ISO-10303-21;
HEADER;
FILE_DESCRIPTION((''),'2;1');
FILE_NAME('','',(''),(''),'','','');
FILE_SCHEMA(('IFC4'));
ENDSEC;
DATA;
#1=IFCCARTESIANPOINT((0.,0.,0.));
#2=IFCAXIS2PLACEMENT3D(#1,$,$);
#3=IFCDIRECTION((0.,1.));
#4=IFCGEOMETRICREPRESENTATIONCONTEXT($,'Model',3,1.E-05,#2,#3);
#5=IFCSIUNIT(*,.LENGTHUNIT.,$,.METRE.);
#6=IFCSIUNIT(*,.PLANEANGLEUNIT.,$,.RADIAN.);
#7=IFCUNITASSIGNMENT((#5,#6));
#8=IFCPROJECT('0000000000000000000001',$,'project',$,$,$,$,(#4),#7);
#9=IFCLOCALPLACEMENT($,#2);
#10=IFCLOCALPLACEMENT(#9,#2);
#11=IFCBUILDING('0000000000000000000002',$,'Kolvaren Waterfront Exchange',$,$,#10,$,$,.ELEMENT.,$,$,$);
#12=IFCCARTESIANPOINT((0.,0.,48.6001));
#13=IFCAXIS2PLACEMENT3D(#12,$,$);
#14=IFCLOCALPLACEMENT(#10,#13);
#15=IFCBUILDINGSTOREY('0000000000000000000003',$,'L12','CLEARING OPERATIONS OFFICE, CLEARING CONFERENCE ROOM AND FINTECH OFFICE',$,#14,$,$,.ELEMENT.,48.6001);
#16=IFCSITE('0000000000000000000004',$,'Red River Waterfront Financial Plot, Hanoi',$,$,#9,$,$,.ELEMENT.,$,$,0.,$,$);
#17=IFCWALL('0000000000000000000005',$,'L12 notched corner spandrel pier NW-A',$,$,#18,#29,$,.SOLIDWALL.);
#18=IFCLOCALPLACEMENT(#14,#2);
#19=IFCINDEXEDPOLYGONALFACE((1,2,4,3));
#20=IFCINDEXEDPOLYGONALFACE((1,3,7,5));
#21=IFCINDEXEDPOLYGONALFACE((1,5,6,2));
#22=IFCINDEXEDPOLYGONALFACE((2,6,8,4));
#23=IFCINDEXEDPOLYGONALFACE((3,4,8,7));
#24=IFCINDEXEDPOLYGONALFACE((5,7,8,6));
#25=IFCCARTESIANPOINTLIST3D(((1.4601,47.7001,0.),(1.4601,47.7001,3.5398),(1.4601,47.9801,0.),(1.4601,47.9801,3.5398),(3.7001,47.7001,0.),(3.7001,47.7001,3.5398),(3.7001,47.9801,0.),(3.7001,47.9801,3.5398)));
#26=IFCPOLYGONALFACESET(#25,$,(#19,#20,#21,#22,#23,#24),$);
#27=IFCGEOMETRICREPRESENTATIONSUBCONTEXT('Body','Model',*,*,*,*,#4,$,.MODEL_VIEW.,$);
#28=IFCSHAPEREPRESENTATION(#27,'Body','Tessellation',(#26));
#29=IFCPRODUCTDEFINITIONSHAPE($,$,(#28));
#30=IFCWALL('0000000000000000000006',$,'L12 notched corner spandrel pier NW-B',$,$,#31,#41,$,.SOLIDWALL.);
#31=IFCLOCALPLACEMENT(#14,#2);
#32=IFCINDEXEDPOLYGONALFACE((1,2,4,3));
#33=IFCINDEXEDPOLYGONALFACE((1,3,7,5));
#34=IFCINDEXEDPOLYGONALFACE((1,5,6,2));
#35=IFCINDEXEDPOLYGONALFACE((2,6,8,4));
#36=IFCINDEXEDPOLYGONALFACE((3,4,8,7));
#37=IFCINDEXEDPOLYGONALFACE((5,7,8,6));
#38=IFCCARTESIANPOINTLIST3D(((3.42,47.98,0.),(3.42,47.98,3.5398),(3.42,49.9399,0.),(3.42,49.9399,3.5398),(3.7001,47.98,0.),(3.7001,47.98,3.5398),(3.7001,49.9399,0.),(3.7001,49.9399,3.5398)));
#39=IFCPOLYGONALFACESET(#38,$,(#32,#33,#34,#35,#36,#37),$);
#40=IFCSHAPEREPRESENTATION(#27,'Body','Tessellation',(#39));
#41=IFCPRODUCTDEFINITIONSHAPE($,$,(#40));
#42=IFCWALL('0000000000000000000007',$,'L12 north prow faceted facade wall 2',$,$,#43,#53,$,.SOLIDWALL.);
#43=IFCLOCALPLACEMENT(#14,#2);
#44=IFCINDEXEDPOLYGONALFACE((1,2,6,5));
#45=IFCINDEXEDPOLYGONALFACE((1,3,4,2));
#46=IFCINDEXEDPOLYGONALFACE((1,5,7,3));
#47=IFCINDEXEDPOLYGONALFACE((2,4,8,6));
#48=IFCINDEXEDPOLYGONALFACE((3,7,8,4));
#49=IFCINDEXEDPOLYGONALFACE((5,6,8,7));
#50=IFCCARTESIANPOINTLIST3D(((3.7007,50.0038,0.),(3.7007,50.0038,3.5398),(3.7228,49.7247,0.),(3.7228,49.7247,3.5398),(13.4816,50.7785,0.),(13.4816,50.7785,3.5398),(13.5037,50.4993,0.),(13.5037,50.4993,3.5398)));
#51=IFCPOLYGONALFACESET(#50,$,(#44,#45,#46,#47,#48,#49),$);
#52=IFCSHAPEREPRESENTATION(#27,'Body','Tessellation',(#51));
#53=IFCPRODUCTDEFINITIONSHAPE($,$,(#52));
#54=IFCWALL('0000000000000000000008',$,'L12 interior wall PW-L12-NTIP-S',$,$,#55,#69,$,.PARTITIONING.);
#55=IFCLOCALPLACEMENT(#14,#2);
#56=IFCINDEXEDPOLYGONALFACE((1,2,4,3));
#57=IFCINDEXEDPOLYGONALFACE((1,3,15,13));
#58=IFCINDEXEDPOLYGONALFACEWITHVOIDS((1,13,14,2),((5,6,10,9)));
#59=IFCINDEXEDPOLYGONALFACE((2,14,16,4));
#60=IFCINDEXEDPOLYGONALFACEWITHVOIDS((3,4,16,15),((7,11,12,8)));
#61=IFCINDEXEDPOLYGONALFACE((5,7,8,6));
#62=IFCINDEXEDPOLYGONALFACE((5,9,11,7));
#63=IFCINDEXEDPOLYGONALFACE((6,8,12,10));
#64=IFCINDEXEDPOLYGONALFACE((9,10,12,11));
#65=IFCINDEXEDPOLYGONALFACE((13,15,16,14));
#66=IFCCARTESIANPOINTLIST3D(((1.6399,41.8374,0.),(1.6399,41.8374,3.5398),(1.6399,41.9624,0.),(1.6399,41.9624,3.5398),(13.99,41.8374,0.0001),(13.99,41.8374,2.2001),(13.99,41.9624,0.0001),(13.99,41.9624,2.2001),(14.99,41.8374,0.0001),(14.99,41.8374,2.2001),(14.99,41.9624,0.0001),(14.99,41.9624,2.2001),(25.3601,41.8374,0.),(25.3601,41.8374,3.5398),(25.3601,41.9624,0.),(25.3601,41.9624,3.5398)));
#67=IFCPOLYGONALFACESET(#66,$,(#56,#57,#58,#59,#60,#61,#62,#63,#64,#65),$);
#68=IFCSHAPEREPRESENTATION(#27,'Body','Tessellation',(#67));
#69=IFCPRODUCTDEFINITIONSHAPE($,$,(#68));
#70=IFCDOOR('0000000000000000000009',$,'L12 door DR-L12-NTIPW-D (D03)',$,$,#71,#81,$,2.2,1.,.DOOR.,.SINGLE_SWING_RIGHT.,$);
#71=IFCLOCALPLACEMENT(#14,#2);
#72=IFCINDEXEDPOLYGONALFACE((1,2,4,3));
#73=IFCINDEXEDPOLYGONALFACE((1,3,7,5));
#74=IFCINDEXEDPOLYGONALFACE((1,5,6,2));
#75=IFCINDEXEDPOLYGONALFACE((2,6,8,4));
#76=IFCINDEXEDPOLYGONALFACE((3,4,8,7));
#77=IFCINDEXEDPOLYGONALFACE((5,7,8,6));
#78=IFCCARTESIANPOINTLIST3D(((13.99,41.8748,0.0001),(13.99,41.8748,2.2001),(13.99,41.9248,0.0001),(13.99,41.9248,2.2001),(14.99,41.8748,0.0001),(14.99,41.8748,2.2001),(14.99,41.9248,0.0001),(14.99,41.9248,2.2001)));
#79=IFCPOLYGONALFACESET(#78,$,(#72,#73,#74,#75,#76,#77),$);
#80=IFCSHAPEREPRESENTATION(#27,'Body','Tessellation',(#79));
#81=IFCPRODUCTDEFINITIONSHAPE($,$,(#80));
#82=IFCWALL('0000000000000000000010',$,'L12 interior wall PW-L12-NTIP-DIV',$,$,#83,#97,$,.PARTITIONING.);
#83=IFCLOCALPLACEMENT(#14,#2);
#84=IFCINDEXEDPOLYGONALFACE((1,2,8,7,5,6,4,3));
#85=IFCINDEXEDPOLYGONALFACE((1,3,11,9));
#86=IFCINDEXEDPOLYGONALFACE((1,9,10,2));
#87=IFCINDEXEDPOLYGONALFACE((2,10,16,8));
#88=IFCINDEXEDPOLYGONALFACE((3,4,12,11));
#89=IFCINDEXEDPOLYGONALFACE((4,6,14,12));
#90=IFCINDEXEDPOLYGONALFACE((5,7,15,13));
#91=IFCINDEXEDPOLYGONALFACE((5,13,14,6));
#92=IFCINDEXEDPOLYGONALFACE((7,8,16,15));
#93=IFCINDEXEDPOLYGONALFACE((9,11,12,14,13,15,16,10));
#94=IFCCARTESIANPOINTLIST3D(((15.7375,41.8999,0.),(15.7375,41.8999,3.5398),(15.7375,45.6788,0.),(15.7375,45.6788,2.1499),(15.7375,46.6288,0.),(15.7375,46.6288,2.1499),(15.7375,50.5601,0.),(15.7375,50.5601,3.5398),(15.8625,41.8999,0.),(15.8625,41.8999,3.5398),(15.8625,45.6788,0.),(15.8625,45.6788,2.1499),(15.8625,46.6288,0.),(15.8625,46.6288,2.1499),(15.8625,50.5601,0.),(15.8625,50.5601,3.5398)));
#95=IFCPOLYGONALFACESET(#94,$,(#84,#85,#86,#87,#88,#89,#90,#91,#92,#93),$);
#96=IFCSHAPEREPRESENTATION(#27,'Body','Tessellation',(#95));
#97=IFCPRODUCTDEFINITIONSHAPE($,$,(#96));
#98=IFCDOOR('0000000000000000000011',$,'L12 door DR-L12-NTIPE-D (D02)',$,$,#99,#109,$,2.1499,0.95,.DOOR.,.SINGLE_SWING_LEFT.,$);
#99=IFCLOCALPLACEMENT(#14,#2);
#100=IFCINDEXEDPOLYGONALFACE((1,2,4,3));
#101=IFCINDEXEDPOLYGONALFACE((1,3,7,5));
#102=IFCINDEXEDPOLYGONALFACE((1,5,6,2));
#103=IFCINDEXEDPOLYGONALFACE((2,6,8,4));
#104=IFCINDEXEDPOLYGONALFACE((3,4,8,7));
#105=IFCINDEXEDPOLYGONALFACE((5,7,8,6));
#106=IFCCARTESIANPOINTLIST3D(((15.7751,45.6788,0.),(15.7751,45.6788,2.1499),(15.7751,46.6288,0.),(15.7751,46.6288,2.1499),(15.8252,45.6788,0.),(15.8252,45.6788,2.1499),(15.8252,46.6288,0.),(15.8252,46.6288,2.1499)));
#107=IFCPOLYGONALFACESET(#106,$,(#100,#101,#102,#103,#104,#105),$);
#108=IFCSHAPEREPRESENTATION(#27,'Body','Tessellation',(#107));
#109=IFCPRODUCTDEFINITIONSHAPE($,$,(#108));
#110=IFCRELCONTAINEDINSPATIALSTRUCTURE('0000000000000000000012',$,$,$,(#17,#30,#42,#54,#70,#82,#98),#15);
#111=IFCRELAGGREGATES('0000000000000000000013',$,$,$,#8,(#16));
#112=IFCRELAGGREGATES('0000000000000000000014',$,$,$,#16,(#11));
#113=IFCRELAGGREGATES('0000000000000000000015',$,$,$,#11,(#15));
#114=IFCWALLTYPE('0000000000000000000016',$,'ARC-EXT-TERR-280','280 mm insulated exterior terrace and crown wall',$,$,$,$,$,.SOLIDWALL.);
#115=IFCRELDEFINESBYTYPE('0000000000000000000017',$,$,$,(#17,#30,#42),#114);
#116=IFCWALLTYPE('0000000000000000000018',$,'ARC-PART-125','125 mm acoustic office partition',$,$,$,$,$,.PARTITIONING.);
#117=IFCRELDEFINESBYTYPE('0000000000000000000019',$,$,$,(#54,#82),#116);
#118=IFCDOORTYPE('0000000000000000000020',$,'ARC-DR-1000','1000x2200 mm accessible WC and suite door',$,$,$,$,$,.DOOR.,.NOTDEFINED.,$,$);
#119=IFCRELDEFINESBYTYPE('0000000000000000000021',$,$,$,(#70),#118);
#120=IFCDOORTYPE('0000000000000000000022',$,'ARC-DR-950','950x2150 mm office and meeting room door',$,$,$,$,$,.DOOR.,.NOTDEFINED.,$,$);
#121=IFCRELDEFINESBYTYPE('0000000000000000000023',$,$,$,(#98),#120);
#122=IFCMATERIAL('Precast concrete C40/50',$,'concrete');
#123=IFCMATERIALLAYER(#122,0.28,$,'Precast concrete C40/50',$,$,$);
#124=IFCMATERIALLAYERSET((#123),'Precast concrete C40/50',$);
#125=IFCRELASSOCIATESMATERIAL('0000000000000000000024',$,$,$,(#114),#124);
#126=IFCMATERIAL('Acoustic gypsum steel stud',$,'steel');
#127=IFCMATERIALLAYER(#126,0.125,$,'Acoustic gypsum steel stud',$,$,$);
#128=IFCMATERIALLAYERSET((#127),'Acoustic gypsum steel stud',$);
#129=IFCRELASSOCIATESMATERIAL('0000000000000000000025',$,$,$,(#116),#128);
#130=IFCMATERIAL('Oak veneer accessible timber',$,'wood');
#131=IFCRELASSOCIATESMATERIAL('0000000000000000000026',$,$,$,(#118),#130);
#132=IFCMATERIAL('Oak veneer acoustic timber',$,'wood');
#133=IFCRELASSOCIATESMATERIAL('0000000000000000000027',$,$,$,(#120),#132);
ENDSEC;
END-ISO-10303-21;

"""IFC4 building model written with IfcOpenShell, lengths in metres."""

from ifc_helpers import new_model, si_unit, direction, frame, frame_2d, origin, place, context, subcontext, project, spatial, rectangle, extrude, material, layer, layer_set, type_object, element, fill, save


model = new_model("IFC4")

# Units and contexts
model_context = context("Model", 3, precision=1e-05, world=origin(), true_north=direction((0.0, 1.0)))
body_context = subcontext(model_context, "Body", "Model", "MODEL_VIEW")
ifc_project = project(units=[si_unit("LENGTHUNIT", "METRE"), si_unit("PLANEANGLEUNIT", "RADIAN")], contexts=[model_context])

# Site, building, storey
site_placement = place(None, origin())
site = spatial("IfcSite", under=ifc_project, at=site_placement, Name="Red River Waterfront Financial Plot, Hanoi", CompositionType="ELEMENT", RefElevation=0.0)
building_placement = place(site_placement, origin())
building = spatial("IfcBuilding", under=site, at=building_placement, Name="Kolvaren Waterfront Exchange", CompositionType="ELEMENT")
storey_placement = place(building_placement, frame((0.0, 0.0, 48.6001)))
storey = spatial("IfcBuildingStorey", under=building, at=storey_placement, Name="L12", Description="CLEARING OPERATIONS OFFICE, CLEARING CONFERENCE ROOM AND FINTECH OFFICE", CompositionType="ELEMENT", Elevation=48.6001)

# Walls
ifc_material_1 = material(Name="Precast concrete C40/50", Category="concrete")
ifc_layer_1 = layer(ifc_material_1, 0.28, Name="Precast concrete C40/50")
ifc_layer_set_1 = layer_set([ifc_layer_1], Name="Precast concrete C40/50")
wall_type_1 = type_object("IfcWallType", Name="ARC-EXT-TERR-280", Description="280 mm insulated exterior terrace and crown wall", PredefinedType="SOLIDWALL", material=ifc_layer_set_1)
wall_1_placement = place(storey_placement, frame((1.46, 47.8401, 0.0), z_axis=(0.0, 0.0, 1.0), x_axis=(1.0, 0.0, 0.0)))
element("IfcWall", 1, at=wall_1_placement, inside=storey, type_object=wall_type_1, Name="L12 notched corner spandrel pier NW-A", PredefinedType="SOLIDWALL", context=body_context, shape_type="SweptSolid", body=[
    extrude(rectangle(XDim=2.24, YDim=0.28, at=frame_2d((1.1201, 0.0))), origin(), (0.0, 0.0, 1.0), 3.5398),
])
wall_2_placement = place(storey_placement, frame((3.5601, 47.98, 0.0), z_axis=(0.0, 0.0, 1.0), x_axis=(0.0, 1.0, 0.0)))
element("IfcWall", 2, at=wall_2_placement, inside=storey, type_object=wall_type_1, Name="L12 notched corner spandrel pier NW-B", PredefinedType="SOLIDWALL", context=body_context, shape_type="SweptSolid", body=[
    extrude(rectangle(XDim=1.96, YDim=0.28, at=frame_2d((0.98, 0.0))), origin(), (0.0, 0.0, 1.0), 3.5398),
])
wall_3_placement = place(storey_placement, frame((13.4927, 50.6389, 0.0), z_axis=(0.0, 0.0, 1.0), x_axis=(-0.996878, -0.078953, 0.0)))
element("IfcWall", 3, at=wall_3_placement, inside=storey, type_object=wall_type_1, Name="L12 north prow faceted facade wall 2", PredefinedType="SOLIDWALL", context=body_context, shape_type="SweptSolid", body=[
    extrude(rectangle(XDim=9.8115, YDim=0.28, at=frame_2d((4.9058, 0.0))), origin(), (0.0, 0.0, 1.0), 3.5398),
])

# Walls, openings, doors
ifc_material_2 = material(Name="Acoustic gypsum steel stud", Category="steel")
ifc_layer_2 = layer(ifc_material_2, 0.125, Name="Acoustic gypsum steel stud")
ifc_layer_set_2 = layer_set([ifc_layer_2], Name="Acoustic gypsum steel stud")
wall_type_2 = type_object("IfcWallType", Name="ARC-PART-125", Description="125 mm acoustic office partition", PredefinedType="PARTITIONING", material=ifc_layer_set_2)
wall_4_placement = place(storey_placement, frame((1.6399, 41.8999, 0.0), z_axis=(0.0, 0.0, 1.0), x_axis=(1.0, 0.0, 0.0)))
wall_4 = element("IfcWall", 4, at=wall_4_placement, inside=storey, type_object=wall_type_2, Name="L12 interior wall PW-L12-NTIP-S", PredefinedType="PARTITIONING", context=body_context, shape_type="SweptSolid", body=[
    extrude(rectangle(XDim=23.7202, YDim=0.125, at=frame_2d((11.8601, 0.0))), origin(), (0.0, 0.0, 1.0), 3.5398),
])
opening_1_placement = place(wall_4_placement, frame((12.3501, 0.0, 0.0)))
opening_1 = element("IfcOpeningElement", 5, at=opening_1_placement, cuts=wall_4, PredefinedType="OPENING", context=body_context, shape_type="SweptSolid", body=[
    extrude(rectangle(XDim=1.0, YDim=2.2, at=frame_2d((0.5, 1.1001))), frame((0.0, 0.0725, 0.0), z_axis=(0.0, -1.0, 0.0), x_axis=(1.0, 0.0, 0.0)), (0.0, 0.0, 1.0), 0.145),
])
ifc_material_3 = material(Name="Oak veneer accessible timber", Category="wood")
door_type_1 = type_object("IfcDoorType", Name="ARC-DR-1000", Description="1000x2200 mm accessible WC and suite door", OperationType="NOTDEFINED", PredefinedType="DOOR", material=ifc_material_3)
door_1_placement = place(opening_1_placement, origin())
door_1 = element("IfcDoor", 6, at=door_1_placement, inside=storey, type_object=door_type_1, Name="L12 door DR-L12-NTIPW-D (D03)", OperationType="SINGLE_SWING_RIGHT", OverallHeight=2.2, OverallWidth=1.0, PredefinedType="DOOR", context=body_context, shape_type="SweptSolid", body=[
    extrude(rectangle(XDim=1.0, YDim=2.2, at=frame_2d((0.5, 1.1001))), frame((0.0, 0.0249, 0.0), z_axis=(0.0, -1.0, 0.0), x_axis=(1.0, 0.0, 0.0)), (0.0, 0.0, 1.0), 0.05),
])
fill(opening_1, door_1)
wall_5_placement = place(storey_placement, frame((15.8, 41.8999, 0.0), z_axis=(0.0, 0.0, 1.0), x_axis=(0.0, 1.0, 0.0)))
wall_5 = element("IfcWall", 7, at=wall_5_placement, inside=storey, type_object=wall_type_2, Name="L12 interior wall PW-L12-NTIP-DIV", PredefinedType="PARTITIONING", context=body_context, shape_type="SweptSolid", body=[
    extrude(rectangle(XDim=8.6602, YDim=0.125, at=frame_2d((4.3301, 0.0))), origin(), (0.0, 0.0, 1.0), 3.5398),
])
opening_2_placement = place(wall_5_placement, frame((3.7788, 0.0, 0.0)))
opening_2 = element("IfcOpeningElement", 8, at=opening_2_placement, cuts=wall_5, PredefinedType="OPENING", context=body_context, shape_type="SweptSolid", body=[
    extrude(rectangle(XDim=0.95, YDim=2.1499, at=frame_2d((0.4751, 1.075))), frame((0.0, 0.0725, 0.0), z_axis=(0.0, -1.0, 0.0), x_axis=(1.0, 0.0, 0.0)), (0.0, 0.0, 1.0), 0.145),
])
ifc_material_4 = material(Name="Oak veneer acoustic timber", Category="wood")
door_type_2 = type_object("IfcDoorType", Name="ARC-DR-950", Description="950x2150 mm office and meeting room door", OperationType="NOTDEFINED", PredefinedType="DOOR", material=ifc_material_4)
door_2_placement = place(opening_2_placement, origin())
door_2 = element("IfcDoor", 9, at=door_2_placement, inside=storey, type_object=door_type_2, Name="L12 door DR-L12-NTIPE-D (D02)", OperationType="SINGLE_SWING_LEFT", OverallHeight=2.1499, OverallWidth=0.95, PredefinedType="DOOR", context=body_context, shape_type="SweptSolid", body=[
    extrude(rectangle(XDim=0.95, YDim=2.1499, at=frame_2d((0.4751, 1.075))), frame((0.0, 0.0249, 0.0), z_axis=(0.0, -1.0, 0.0), x_axis=(1.0, 0.0, 0.0)), (0.0, 0.0, 1.0), 0.05),
])
fill(opening_2, door_2)

save(model, "model.ifc")
